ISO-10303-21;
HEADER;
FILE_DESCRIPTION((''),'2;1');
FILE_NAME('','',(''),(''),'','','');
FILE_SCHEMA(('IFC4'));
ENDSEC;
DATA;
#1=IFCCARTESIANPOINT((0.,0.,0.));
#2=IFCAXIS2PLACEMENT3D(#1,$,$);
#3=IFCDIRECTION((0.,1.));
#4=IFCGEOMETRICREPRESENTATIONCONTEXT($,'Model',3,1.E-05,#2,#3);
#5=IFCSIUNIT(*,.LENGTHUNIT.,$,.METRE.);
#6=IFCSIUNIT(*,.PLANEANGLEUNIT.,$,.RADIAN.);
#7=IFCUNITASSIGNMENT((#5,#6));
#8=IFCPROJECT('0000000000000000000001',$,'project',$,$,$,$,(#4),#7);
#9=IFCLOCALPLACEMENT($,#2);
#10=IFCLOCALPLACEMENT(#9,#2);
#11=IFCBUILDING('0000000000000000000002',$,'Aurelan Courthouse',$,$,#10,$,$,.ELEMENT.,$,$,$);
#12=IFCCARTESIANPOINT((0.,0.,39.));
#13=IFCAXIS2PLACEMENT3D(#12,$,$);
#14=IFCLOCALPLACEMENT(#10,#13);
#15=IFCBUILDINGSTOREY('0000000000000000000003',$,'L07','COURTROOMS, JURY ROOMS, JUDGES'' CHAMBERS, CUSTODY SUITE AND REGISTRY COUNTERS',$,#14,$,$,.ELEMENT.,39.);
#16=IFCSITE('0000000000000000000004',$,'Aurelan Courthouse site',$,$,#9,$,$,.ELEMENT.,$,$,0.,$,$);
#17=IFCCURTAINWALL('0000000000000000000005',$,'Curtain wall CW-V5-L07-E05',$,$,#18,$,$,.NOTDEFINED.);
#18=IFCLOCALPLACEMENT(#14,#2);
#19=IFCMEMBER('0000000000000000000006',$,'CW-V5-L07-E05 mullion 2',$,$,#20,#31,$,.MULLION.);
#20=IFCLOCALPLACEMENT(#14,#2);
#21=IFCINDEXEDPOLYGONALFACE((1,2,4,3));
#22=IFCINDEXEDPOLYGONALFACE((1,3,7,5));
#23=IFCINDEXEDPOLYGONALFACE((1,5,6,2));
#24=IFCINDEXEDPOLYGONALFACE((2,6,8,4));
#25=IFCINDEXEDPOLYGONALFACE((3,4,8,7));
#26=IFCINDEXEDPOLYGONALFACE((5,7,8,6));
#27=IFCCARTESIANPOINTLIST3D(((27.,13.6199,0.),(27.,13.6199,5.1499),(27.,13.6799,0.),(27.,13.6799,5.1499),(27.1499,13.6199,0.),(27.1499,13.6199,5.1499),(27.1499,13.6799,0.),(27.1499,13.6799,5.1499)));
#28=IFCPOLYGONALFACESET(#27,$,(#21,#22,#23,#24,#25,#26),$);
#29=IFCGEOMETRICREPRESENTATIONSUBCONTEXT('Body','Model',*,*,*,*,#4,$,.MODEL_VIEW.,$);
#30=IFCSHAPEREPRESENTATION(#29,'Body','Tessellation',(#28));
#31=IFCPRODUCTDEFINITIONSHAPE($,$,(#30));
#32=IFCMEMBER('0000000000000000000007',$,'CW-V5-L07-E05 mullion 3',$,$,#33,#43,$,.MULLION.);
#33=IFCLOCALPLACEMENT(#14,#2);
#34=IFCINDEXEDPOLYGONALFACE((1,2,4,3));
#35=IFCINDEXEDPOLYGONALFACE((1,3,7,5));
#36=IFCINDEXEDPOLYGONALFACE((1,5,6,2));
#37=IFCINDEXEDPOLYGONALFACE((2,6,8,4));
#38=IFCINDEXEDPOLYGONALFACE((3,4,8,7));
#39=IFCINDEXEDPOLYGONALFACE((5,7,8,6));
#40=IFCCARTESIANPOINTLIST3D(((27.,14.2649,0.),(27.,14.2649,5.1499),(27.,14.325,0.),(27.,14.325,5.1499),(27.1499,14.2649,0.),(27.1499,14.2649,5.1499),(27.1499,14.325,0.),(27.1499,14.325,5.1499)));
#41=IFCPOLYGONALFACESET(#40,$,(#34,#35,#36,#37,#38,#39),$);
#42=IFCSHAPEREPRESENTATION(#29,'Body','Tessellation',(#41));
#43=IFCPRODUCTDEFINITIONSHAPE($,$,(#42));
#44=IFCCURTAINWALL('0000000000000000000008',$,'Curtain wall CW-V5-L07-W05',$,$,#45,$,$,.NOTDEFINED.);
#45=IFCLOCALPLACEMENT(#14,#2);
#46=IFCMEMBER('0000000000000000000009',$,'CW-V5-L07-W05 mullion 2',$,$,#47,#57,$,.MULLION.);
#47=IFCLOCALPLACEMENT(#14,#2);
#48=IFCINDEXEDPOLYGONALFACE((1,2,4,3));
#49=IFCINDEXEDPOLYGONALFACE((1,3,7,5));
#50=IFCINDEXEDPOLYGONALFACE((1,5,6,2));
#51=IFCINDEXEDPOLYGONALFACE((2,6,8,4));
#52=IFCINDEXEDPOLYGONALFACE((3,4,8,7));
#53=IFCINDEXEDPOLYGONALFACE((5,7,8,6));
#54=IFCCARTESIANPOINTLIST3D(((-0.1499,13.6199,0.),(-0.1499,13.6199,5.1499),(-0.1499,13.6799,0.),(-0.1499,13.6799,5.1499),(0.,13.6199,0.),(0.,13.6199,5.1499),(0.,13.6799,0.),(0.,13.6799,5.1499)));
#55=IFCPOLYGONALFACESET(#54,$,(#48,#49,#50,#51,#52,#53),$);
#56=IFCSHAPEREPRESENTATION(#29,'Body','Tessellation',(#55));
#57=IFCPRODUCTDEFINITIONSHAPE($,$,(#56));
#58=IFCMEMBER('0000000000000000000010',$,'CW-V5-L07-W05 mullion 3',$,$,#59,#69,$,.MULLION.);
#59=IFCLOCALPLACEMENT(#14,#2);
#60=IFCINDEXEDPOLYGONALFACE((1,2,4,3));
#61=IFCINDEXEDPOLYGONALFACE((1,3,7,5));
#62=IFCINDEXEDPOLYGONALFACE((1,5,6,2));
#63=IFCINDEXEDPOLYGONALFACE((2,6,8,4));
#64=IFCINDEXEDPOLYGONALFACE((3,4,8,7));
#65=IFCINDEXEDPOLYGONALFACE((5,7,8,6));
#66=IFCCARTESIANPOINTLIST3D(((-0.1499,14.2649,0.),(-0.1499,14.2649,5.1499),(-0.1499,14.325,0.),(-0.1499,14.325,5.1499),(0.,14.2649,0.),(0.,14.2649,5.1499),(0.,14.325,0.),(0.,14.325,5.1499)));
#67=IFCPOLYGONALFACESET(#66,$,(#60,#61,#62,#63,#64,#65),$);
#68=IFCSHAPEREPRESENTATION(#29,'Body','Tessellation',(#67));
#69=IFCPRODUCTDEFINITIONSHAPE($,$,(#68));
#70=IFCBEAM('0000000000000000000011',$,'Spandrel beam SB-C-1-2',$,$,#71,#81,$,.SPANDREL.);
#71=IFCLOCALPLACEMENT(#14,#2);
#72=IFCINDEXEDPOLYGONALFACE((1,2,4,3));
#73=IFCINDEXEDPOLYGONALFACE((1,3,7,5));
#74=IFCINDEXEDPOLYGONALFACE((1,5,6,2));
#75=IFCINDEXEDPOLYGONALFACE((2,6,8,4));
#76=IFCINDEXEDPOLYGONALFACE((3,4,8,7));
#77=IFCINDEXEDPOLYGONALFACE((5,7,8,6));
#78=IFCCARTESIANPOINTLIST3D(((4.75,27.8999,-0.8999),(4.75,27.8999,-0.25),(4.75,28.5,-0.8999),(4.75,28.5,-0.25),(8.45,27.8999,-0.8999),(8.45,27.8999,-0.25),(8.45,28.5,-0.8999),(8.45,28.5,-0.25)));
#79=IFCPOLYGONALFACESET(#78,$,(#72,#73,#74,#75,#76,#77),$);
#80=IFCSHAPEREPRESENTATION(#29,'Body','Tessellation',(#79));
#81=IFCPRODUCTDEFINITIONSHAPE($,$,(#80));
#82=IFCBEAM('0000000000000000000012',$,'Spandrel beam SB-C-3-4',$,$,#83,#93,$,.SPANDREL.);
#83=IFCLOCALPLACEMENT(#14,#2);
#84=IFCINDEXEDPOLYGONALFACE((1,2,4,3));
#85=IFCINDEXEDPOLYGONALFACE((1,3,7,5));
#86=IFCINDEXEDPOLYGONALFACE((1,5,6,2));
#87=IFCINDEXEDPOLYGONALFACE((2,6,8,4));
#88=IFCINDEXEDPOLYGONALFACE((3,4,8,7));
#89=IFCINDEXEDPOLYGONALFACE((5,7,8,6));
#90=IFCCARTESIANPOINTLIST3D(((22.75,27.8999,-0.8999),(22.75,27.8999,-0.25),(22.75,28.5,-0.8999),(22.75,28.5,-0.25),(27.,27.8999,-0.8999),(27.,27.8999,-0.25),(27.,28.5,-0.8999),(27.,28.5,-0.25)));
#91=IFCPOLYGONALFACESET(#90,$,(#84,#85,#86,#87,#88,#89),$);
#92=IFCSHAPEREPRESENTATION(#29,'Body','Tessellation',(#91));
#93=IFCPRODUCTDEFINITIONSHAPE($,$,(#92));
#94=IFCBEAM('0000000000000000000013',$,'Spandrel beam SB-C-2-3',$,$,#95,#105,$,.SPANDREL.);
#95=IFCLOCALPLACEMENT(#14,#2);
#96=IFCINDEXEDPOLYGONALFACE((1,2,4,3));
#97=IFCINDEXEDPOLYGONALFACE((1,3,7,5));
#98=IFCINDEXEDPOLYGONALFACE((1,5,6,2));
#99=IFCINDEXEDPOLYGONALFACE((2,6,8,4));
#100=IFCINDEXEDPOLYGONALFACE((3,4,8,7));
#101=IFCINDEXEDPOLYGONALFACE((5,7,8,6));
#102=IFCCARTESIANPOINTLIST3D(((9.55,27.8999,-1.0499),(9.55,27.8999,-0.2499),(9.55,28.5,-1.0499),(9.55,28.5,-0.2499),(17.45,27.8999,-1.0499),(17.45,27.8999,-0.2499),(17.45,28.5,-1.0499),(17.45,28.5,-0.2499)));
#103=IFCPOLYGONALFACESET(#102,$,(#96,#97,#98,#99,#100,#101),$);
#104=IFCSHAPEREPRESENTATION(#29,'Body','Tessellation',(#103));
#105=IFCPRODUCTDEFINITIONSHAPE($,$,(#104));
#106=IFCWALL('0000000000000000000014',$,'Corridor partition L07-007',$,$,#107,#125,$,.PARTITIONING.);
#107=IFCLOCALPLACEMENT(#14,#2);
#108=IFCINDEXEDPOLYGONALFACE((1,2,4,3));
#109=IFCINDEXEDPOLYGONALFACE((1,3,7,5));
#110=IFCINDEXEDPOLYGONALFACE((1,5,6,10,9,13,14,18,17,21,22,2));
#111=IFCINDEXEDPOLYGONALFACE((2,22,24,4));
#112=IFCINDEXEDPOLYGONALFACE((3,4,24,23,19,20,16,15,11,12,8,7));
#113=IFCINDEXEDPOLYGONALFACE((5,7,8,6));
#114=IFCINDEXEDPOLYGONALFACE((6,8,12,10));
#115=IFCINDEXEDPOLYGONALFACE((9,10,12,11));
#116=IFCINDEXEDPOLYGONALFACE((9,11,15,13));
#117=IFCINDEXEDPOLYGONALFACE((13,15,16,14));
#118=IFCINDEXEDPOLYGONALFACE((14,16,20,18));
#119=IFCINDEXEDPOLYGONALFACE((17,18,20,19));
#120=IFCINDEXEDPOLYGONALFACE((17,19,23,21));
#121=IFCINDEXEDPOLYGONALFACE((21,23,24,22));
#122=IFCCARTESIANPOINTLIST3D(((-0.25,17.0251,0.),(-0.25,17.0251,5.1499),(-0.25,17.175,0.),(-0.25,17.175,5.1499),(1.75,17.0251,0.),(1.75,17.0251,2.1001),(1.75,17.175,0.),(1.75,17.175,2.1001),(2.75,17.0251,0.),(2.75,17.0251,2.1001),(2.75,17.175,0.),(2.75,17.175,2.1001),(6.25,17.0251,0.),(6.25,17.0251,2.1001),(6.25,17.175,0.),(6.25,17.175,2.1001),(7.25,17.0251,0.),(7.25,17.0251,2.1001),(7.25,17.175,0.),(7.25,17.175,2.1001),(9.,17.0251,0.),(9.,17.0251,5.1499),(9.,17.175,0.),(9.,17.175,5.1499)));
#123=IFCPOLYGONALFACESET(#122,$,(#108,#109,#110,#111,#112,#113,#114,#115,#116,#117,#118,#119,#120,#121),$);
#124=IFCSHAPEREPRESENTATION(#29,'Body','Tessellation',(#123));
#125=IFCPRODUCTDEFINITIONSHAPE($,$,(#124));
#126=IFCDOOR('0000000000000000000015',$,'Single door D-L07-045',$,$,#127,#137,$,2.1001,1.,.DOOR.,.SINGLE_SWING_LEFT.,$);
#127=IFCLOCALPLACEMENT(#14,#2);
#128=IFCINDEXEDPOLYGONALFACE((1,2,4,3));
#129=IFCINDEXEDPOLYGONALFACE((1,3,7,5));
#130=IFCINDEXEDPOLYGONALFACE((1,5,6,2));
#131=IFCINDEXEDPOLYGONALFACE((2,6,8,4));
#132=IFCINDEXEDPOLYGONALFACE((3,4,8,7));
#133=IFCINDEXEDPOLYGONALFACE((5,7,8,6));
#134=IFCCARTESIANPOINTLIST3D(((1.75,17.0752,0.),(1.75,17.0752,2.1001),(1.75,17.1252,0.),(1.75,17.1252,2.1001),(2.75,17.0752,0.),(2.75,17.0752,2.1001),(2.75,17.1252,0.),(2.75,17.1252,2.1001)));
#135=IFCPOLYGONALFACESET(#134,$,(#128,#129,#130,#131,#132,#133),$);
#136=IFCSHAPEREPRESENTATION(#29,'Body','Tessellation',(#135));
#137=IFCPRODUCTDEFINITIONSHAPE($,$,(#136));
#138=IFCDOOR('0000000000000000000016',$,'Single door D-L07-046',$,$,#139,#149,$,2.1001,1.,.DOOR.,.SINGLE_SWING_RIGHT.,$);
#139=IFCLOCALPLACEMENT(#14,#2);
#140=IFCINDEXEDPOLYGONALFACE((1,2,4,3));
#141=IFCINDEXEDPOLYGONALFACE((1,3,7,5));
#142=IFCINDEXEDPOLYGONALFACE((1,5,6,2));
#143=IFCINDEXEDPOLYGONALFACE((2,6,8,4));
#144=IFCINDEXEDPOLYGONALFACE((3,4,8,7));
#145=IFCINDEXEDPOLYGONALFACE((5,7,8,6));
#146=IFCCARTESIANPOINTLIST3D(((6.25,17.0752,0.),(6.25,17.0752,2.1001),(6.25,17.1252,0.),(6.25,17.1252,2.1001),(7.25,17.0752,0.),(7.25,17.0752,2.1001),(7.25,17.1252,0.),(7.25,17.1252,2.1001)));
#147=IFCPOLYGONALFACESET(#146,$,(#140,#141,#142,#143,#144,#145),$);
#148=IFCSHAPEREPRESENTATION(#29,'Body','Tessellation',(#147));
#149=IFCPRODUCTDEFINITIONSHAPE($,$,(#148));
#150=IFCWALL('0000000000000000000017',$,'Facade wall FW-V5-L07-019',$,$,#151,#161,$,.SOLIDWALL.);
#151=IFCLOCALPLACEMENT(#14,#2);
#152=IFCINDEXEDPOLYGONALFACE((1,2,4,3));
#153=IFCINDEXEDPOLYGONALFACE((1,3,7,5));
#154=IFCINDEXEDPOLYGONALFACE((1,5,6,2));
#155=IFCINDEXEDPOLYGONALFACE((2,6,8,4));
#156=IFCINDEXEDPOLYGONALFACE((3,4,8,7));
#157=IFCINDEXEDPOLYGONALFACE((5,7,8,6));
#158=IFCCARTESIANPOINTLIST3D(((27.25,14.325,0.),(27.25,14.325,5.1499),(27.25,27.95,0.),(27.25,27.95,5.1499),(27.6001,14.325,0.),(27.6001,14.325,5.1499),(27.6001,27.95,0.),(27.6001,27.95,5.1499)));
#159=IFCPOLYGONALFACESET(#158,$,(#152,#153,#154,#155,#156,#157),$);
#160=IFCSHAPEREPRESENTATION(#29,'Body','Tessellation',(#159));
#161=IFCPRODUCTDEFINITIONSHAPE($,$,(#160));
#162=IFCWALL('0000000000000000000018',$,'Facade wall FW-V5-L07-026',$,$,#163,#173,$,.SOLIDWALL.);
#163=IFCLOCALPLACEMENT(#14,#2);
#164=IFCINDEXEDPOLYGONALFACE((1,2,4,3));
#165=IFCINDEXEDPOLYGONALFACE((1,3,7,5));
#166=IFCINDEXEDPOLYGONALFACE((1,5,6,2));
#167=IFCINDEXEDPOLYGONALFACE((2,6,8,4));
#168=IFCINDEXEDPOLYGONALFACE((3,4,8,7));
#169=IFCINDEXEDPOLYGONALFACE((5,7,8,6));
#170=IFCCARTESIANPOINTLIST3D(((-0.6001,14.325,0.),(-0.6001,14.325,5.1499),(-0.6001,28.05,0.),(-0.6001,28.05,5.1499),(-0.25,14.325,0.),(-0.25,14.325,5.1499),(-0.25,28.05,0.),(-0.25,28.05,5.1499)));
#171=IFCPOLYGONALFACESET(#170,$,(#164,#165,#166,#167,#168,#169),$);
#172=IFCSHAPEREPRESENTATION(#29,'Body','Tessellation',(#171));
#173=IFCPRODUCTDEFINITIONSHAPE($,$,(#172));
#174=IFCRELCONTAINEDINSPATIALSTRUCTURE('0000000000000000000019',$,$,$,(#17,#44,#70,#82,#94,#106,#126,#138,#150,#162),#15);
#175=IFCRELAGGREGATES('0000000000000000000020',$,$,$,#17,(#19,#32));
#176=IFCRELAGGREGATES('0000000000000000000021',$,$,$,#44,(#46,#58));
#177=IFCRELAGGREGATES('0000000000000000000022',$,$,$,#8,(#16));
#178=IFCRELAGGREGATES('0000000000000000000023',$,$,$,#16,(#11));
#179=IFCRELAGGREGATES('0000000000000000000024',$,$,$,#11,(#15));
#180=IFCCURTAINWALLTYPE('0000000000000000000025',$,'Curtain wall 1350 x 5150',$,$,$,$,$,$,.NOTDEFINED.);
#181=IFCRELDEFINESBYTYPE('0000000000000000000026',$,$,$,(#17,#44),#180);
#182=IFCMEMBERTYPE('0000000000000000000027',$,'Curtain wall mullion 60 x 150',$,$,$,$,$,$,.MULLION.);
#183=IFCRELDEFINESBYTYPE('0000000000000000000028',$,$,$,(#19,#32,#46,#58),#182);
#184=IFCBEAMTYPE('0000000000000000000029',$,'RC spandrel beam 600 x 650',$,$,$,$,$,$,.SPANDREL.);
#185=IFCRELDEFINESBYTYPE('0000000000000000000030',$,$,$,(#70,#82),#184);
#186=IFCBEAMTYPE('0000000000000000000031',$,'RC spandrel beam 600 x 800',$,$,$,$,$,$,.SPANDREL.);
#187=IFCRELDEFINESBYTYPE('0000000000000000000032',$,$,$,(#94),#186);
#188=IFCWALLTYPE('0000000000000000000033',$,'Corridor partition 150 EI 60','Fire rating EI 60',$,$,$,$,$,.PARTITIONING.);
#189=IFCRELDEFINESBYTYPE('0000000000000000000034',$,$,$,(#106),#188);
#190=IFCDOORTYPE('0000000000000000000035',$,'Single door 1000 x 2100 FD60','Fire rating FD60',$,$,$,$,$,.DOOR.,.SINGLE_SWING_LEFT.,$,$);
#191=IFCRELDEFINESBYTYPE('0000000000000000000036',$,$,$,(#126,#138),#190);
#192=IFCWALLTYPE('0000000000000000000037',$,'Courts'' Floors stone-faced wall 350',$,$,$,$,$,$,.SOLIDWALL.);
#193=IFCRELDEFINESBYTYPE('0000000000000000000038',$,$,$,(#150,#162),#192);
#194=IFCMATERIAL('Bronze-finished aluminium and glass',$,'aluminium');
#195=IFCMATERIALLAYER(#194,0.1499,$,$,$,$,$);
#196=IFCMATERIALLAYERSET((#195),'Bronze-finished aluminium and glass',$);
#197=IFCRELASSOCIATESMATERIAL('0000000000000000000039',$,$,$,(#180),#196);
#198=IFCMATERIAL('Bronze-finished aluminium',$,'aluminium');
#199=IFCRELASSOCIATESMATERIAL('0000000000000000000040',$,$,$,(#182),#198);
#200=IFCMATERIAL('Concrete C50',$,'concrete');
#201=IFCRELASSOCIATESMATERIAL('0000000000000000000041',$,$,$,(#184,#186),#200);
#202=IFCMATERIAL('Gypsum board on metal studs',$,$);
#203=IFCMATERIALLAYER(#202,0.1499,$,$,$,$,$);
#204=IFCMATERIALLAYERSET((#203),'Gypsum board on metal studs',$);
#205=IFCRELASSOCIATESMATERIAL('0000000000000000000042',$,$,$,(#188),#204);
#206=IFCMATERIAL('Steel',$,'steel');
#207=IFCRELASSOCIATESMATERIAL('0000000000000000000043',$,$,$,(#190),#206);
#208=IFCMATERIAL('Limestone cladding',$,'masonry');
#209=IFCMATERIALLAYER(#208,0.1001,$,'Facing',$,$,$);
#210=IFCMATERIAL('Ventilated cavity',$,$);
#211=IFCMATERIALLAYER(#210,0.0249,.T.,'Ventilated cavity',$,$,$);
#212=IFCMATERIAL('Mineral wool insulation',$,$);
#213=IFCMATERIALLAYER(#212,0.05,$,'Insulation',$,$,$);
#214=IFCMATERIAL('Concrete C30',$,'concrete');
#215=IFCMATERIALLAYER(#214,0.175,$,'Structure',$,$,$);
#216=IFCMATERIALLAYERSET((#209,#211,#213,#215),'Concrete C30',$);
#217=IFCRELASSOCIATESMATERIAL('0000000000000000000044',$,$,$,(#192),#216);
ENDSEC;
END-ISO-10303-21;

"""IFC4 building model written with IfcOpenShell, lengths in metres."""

from ifc_helpers import new_model, si_unit, direction, frame, frame_2d, origin, origin_2d, place, context, subcontext, project, spatial, rectangle, extrude, material, layer, layer_set, material_profile, profile_set, type_object, element, fill, aggregate, save


model = new_model("IFC4")

# Units and contexts
model_context = context("Model", 3, precision=1e-05, world=origin(), true_north=direction((0.0, 1.0)))
body_context = subcontext(model_context, "Body", "Model", "MODEL_VIEW")
ifc_project = project(units=[si_unit("LENGTHUNIT", "METRE"), si_unit("PLANEANGLEUNIT", "RADIAN")], contexts=[model_context])

# Site, building, storey
site_placement = place(None, origin())
site = spatial("IfcSite", under=ifc_project, at=site_placement, Name="Aurelan Courthouse site", CompositionType="ELEMENT", RefElevation=0.0)
building_placement = place(site_placement, origin())
building = spatial("IfcBuilding", under=site, at=building_placement, Name="Aurelan Courthouse", CompositionType="ELEMENT")
storey_placement = place(building_placement, frame((0.0, 0.0, 39.0)))
storey = spatial("IfcBuildingStorey", under=building, at=storey_placement, Name="L07", Description="COURTROOMS, JURY ROOMS, JUDGES' CHAMBERS, CUSTODY SUITE AND REGISTRY COUNTERS", CompositionType="ELEMENT", Elevation=39.0)

# Curtain walls, members
ifc_material_1 = material(Name="Bronze-finished aluminium and glass", Category="aluminium")
ifc_layer_1 = layer(ifc_material_1, 0.1499)
ifc_layer_set_1 = layer_set([ifc_layer_1], Name="Bronze-finished aluminium and glass")
curtain_wall_type = type_object("IfcCurtainWallType", Name="Curtain wall 1350 x 5150", PredefinedType="NOTDEFINED", material=ifc_layer_set_1)
curtain_wall_1_placement = place(storey_placement, origin())
curtain_wall_1 = element("IfcCurtainWall", 1, at=curtain_wall_1_placement, inside=storey, type_object=curtain_wall_type, Name="Curtain wall CW-V5-L07-E05", PredefinedType="NOTDEFINED")
ifc_material_2 = material(Name="Bronze-finished aluminium", Category="aluminium")
ifc_material_profile_1 = material_profile(ifc_material_2, rectangle(XDim=0.1499, YDim=0.0601, at=origin_2d()), Name="Bronze mullion 60 x 150")
ifc_profile_set_1 = profile_set([ifc_material_profile_1], Name="Bronze-finished aluminium")
member_type = type_object("IfcMemberType", Name="Curtain wall mullion 60 x 150", PredefinedType="MULLION", material=ifc_profile_set_1)
member_1_placement = place(storey_placement, frame((27.075, 13.6499, 0.0), z_axis=(0.0, 0.0, 1.0), x_axis=(-1.0, 0.0, 0.0)))
member_1 = element("IfcMember", 2, at=member_1_placement, type_object=member_type, Name="CW-V5-L07-E05 mullion 2", PredefinedType="MULLION", context=body_context, shape_type="SweptSolid", body=[
    extrude(rectangle(XDim=0.1499, YDim=0.0601, at=origin_2d()), origin(), (0.0, 0.0, 1.0), 5.1499),
])
member_2_placement = place(storey_placement, frame((27.075, 14.2949, 0.0), z_axis=(0.0, 0.0, 1.0), x_axis=(-1.0, 0.0, 0.0)))
member_2 = element("IfcMember", 3, at=member_2_placement, type_object=member_type, Name="CW-V5-L07-E05 mullion 3", PredefinedType="MULLION", context=body_context, shape_type="SweptSolid", body=[
    extrude(rectangle(XDim=0.1499, YDim=0.0601, at=origin_2d()), origin(), (0.0, 0.0, 1.0), 5.1499),
])
aggregate(curtain_wall_1, [member_1, member_2])
curtain_wall_2_placement = place(storey_placement, origin())
curtain_wall_2 = element("IfcCurtainWall", 4, at=curtain_wall_2_placement, inside=storey, type_object=curtain_wall_type, Name="Curtain wall CW-V5-L07-W05", PredefinedType="NOTDEFINED")
member_3_placement = place(storey_placement, frame((-0.075, 13.6499, 0.0), z_axis=(0.0, 0.0, 1.0), x_axis=(-1.0, 0.0, 0.0)))
member_3 = element("IfcMember", 5, at=member_3_placement, type_object=member_type, Name="CW-V5-L07-W05 mullion 2", PredefinedType="MULLION", context=body_context, shape_type="SweptSolid", body=[
    extrude(rectangle(XDim=0.1499, YDim=0.0601, at=origin_2d()), origin(), (0.0, 0.0, 1.0), 5.1499),
])
member_4_placement = place(storey_placement, frame((-0.075, 14.2949, 0.0), z_axis=(0.0, 0.0, 1.0), x_axis=(-1.0, 0.0, 0.0)))
member_4 = element("IfcMember", 6, at=member_4_placement, type_object=member_type, Name="CW-V5-L07-W05 mullion 3", PredefinedType="MULLION", context=body_context, shape_type="SweptSolid", body=[
    extrude(rectangle(XDim=0.1499, YDim=0.0601, at=origin_2d()), origin(), (0.0, 0.0, 1.0), 5.1499),
])
aggregate(curtain_wall_2, [member_3, member_4])

# Beams
ifc_material_3 = material(Name="Concrete C50", Category="concrete")
ifc_material_profile_2 = material_profile(ifc_material_3, rectangle(XDim=0.6001, YDim=0.6499, at=origin_2d()), Name="RC 600 x 650")
ifc_profile_set_2 = profile_set([ifc_material_profile_2], Name="Concrete C50")
beam_type_1 = type_object("IfcBeamType", Name="RC spandrel beam 600 x 650", PredefinedType="SPANDREL", material=ifc_profile_set_2)
beam_1_placement = place(storey_placement, frame((4.75, 28.2, -0.575), z_axis=(1.0, 0.0, 0.0), x_axis=(0.0, 1.0, 0.0)))
element("IfcBeam", 7, at=beam_1_placement, inside=storey, type_object=beam_type_1, Name="Spandrel beam SB-C-1-2", PredefinedType="SPANDREL", context=body_context, shape_type="SweptSolid", body=[
    extrude(rectangle(XDim=0.6001, YDim=0.6499, at=origin_2d()), origin(), (0.0, 0.0, 1.0), 3.7),
])
beam_2_placement = place(storey_placement, frame((22.75, 28.2, -0.575), z_axis=(1.0, 0.0, 0.0), x_axis=(0.0, 1.0, 0.0)))
element("IfcBeam", 8, at=beam_2_placement, inside=storey, type_object=beam_type_1, Name="Spandrel beam SB-C-3-4", PredefinedType="SPANDREL", context=body_context, shape_type="SweptSolid", body=[
    extrude(rectangle(XDim=0.6001, YDim=0.6499, at=origin_2d()), origin(), (0.0, 0.0, 1.0), 4.25),
])
ifc_material_profile_3 = material_profile(ifc_material_3, rectangle(XDim=0.6001, YDim=0.8, at=origin_2d()), Name="RC 600 x 800")
ifc_profile_set_3 = profile_set([ifc_material_profile_3], Name="Concrete C50")
beam_type_2 = type_object("IfcBeamType", Name="RC spandrel beam 600 x 800", PredefinedType="SPANDREL", material=ifc_profile_set_3)
beam_3_placement = place(storey_placement, frame((9.55, 28.2, -0.6499), z_axis=(1.0, 0.0, 0.0), x_axis=(0.0, 1.0, 0.0)))
element("IfcBeam", 9, at=beam_3_placement, inside=storey, type_object=beam_type_2, Name="Spandrel beam SB-C-2-3", PredefinedType="SPANDREL", context=body_context, shape_type="SweptSolid", body=[
    extrude(rectangle(XDim=0.6001, YDim=0.8, at=origin_2d()), origin(), (0.0, 0.0, 1.0), 7.8999),
])

# Wall, openings, doors
ifc_material_4 = material(Name="Gypsum board on metal studs")
ifc_layer_2 = layer(ifc_material_4, 0.1499)
ifc_layer_set_2 = layer_set([ifc_layer_2], Name="Gypsum board on metal studs")
wall_type_1 = type_object("IfcWallType", Name="Corridor partition 150 EI 60", Description="Fire rating EI 60", PredefinedType="PARTITIONING", material=ifc_layer_set_2)
wall_1_placement = place(storey_placement, frame((-0.25, 17.1001, 0.0), z_axis=(0.0, 0.0, 1.0), x_axis=(1.0, 0.0, 0.0)))
wall_1 = element("IfcWall", 10, at=wall_1_placement, inside=storey, type_object=wall_type_1, Name="Corridor partition L07-007", PredefinedType="PARTITIONING", context=body_context, shape_type="SweptSolid", body=[
    extrude(rectangle(XDim=9.25, YDim=0.1499, at=frame_2d((4.625, 0.0))), origin(), (0.0, 0.0, 1.0), 5.1499),
])
opening_1_placement = place(wall_1_placement, frame((3.0, 0.0, 0.0), z_axis=(0.0, 0.0, 1.0), x_axis=(-1.0, 0.0, 0.0)))
opening_1 = element("IfcOpeningElement", 11, at=opening_1_placement, cuts=wall_1, PredefinedType="OPENING", context=body_context, shape_type="SweptSolid", body=[
    extrude(rectangle(XDim=1.0, YDim=2.1001, at=frame_2d((0.5, 1.05))), frame((0.0, 0.085, 0.0), z_axis=(0.0, -1.0, 0.0), x_axis=(1.0, 0.0, 0.0)), (0.0, 0.0, 1.0), 0.1699),
])
opening_2_placement = place(wall_1_placement, frame((7.5, 0.0, 0.0), z_axis=(0.0, 0.0, 1.0), x_axis=(-1.0, 0.0, 0.0)))
opening_2 = element("IfcOpeningElement", 12, at=opening_2_placement, cuts=wall_1, PredefinedType="OPENING", context=body_context, shape_type="SweptSolid", body=[
    extrude(rectangle(XDim=1.0, YDim=2.1001, at=frame_2d((0.5, 1.05))), frame((0.0, 0.085, 0.0), z_axis=(0.0, -1.0, 0.0), x_axis=(1.0, 0.0, 0.0)), (0.0, 0.0, 1.0), 0.1699),
])
ifc_material_5 = material(Name="Steel", Category="steel")
door_type = type_object("IfcDoorType", Name="Single door 1000 x 2100 FD60", Description="Fire rating FD60", OperationType="SINGLE_SWING_LEFT", PredefinedType="DOOR", material=ifc_material_5)
door_1_placement = place(opening_1_placement, origin())
door_1 = element("IfcDoor", 13, at=door_1_placement, inside=storey, type_object=door_type, Name="Single door D-L07-045", OperationType="SINGLE_SWING_LEFT", OverallHeight=2.1001, OverallWidth=1.0, PredefinedType="DOOR", context=body_context, shape_type="SweptSolid", body=[
    extrude(rectangle(XDim=1.0, YDim=2.1001, at=frame_2d((0.5, 1.05))), frame((0.0, 0.0249, 0.0), z_axis=(0.0, -1.0, 0.0), x_axis=(1.0, 0.0, 0.0)), (0.0, 0.0, 1.0), 0.05),
])
fill(opening_1, door_1)
door_2_placement = place(opening_2_placement, origin())
door_2 = element("IfcDoor", 14, at=door_2_placement, inside=storey, type_object=door_type, Name="Single door D-L07-046", OperationType="SINGLE_SWING_RIGHT", OverallHeight=2.1001, OverallWidth=1.0, PredefinedType="DOOR", context=body_context, shape_type="SweptSolid", body=[
    extrude(rectangle(XDim=1.0, YDim=2.1001, at=frame_2d((0.5, 1.05))), frame((0.0, 0.0249, 0.0), z_axis=(0.0, -1.0, 0.0), x_axis=(1.0, 0.0, 0.0)), (0.0, 0.0, 1.0), 0.05),
])
fill(opening_2, door_2)

# Walls
ifc_material_6 = material(Name="Limestone cladding", Category="masonry")
ifc_layer_3 = layer(ifc_material_6, 0.1001, Name="Facing")
ifc_material_7 = material(Name="Ventilated cavity")
ifc_layer_4 = layer(ifc_material_7, 0.0249, ventilated=True, Name="Ventilated cavity")
ifc_material_8 = material(Name="Mineral wool insulation")
ifc_layer_5 = layer(ifc_material_8, 0.05, Name="Insulation")
ifc_material_9 = material(Name="Concrete C30", Category="concrete")
ifc_layer_6 = layer(ifc_material_9, 0.175, Name="Structure")
ifc_layer_set_3 = layer_set([ifc_layer_3, ifc_layer_4, ifc_layer_5, ifc_layer_6], Name="Concrete C30")
wall_type_2 = type_object("IfcWallType", Name="Courts' Floors stone-faced wall 350", PredefinedType="SOLIDWALL", material=ifc_layer_set_3)
wall_2_placement = place(storey_placement, frame((27.425, 14.325, 0.0), z_axis=(0.0, 0.0, 1.0), x_axis=(0.0, 1.0, 0.0)))
element("IfcWall", 15, at=wall_2_placement, inside=storey, type_object=wall_type_2, Name="Facade wall FW-V5-L07-019", PredefinedType="SOLIDWALL", context=body_context, shape_type="SweptSolid", body=[
    extrude(rectangle(XDim=13.625, YDim=0.3501, at=frame_2d((6.8125, 0.0))), origin(), (0.0, 0.0, 1.0), 5.1499),
])
wall_3_placement = place(storey_placement, frame((-0.425, 14.325, 0.0), z_axis=(0.0, 0.0, 1.0), x_axis=(0.0, 1.0, 0.0)))
element("IfcWall", 16, at=wall_3_placement, inside=storey, type_object=wall_type_2, Name="Facade wall FW-V5-L07-026", PredefinedType="SOLIDWALL", context=body_context, shape_type="SweptSolid", body=[
    extrude(rectangle(XDim=13.7251, YDim=0.3501, at=frame_2d((6.8625, 0.0))), origin(), (0.0, 0.0, 1.0), 5.1499),
])

save(model, "model.ifc")
